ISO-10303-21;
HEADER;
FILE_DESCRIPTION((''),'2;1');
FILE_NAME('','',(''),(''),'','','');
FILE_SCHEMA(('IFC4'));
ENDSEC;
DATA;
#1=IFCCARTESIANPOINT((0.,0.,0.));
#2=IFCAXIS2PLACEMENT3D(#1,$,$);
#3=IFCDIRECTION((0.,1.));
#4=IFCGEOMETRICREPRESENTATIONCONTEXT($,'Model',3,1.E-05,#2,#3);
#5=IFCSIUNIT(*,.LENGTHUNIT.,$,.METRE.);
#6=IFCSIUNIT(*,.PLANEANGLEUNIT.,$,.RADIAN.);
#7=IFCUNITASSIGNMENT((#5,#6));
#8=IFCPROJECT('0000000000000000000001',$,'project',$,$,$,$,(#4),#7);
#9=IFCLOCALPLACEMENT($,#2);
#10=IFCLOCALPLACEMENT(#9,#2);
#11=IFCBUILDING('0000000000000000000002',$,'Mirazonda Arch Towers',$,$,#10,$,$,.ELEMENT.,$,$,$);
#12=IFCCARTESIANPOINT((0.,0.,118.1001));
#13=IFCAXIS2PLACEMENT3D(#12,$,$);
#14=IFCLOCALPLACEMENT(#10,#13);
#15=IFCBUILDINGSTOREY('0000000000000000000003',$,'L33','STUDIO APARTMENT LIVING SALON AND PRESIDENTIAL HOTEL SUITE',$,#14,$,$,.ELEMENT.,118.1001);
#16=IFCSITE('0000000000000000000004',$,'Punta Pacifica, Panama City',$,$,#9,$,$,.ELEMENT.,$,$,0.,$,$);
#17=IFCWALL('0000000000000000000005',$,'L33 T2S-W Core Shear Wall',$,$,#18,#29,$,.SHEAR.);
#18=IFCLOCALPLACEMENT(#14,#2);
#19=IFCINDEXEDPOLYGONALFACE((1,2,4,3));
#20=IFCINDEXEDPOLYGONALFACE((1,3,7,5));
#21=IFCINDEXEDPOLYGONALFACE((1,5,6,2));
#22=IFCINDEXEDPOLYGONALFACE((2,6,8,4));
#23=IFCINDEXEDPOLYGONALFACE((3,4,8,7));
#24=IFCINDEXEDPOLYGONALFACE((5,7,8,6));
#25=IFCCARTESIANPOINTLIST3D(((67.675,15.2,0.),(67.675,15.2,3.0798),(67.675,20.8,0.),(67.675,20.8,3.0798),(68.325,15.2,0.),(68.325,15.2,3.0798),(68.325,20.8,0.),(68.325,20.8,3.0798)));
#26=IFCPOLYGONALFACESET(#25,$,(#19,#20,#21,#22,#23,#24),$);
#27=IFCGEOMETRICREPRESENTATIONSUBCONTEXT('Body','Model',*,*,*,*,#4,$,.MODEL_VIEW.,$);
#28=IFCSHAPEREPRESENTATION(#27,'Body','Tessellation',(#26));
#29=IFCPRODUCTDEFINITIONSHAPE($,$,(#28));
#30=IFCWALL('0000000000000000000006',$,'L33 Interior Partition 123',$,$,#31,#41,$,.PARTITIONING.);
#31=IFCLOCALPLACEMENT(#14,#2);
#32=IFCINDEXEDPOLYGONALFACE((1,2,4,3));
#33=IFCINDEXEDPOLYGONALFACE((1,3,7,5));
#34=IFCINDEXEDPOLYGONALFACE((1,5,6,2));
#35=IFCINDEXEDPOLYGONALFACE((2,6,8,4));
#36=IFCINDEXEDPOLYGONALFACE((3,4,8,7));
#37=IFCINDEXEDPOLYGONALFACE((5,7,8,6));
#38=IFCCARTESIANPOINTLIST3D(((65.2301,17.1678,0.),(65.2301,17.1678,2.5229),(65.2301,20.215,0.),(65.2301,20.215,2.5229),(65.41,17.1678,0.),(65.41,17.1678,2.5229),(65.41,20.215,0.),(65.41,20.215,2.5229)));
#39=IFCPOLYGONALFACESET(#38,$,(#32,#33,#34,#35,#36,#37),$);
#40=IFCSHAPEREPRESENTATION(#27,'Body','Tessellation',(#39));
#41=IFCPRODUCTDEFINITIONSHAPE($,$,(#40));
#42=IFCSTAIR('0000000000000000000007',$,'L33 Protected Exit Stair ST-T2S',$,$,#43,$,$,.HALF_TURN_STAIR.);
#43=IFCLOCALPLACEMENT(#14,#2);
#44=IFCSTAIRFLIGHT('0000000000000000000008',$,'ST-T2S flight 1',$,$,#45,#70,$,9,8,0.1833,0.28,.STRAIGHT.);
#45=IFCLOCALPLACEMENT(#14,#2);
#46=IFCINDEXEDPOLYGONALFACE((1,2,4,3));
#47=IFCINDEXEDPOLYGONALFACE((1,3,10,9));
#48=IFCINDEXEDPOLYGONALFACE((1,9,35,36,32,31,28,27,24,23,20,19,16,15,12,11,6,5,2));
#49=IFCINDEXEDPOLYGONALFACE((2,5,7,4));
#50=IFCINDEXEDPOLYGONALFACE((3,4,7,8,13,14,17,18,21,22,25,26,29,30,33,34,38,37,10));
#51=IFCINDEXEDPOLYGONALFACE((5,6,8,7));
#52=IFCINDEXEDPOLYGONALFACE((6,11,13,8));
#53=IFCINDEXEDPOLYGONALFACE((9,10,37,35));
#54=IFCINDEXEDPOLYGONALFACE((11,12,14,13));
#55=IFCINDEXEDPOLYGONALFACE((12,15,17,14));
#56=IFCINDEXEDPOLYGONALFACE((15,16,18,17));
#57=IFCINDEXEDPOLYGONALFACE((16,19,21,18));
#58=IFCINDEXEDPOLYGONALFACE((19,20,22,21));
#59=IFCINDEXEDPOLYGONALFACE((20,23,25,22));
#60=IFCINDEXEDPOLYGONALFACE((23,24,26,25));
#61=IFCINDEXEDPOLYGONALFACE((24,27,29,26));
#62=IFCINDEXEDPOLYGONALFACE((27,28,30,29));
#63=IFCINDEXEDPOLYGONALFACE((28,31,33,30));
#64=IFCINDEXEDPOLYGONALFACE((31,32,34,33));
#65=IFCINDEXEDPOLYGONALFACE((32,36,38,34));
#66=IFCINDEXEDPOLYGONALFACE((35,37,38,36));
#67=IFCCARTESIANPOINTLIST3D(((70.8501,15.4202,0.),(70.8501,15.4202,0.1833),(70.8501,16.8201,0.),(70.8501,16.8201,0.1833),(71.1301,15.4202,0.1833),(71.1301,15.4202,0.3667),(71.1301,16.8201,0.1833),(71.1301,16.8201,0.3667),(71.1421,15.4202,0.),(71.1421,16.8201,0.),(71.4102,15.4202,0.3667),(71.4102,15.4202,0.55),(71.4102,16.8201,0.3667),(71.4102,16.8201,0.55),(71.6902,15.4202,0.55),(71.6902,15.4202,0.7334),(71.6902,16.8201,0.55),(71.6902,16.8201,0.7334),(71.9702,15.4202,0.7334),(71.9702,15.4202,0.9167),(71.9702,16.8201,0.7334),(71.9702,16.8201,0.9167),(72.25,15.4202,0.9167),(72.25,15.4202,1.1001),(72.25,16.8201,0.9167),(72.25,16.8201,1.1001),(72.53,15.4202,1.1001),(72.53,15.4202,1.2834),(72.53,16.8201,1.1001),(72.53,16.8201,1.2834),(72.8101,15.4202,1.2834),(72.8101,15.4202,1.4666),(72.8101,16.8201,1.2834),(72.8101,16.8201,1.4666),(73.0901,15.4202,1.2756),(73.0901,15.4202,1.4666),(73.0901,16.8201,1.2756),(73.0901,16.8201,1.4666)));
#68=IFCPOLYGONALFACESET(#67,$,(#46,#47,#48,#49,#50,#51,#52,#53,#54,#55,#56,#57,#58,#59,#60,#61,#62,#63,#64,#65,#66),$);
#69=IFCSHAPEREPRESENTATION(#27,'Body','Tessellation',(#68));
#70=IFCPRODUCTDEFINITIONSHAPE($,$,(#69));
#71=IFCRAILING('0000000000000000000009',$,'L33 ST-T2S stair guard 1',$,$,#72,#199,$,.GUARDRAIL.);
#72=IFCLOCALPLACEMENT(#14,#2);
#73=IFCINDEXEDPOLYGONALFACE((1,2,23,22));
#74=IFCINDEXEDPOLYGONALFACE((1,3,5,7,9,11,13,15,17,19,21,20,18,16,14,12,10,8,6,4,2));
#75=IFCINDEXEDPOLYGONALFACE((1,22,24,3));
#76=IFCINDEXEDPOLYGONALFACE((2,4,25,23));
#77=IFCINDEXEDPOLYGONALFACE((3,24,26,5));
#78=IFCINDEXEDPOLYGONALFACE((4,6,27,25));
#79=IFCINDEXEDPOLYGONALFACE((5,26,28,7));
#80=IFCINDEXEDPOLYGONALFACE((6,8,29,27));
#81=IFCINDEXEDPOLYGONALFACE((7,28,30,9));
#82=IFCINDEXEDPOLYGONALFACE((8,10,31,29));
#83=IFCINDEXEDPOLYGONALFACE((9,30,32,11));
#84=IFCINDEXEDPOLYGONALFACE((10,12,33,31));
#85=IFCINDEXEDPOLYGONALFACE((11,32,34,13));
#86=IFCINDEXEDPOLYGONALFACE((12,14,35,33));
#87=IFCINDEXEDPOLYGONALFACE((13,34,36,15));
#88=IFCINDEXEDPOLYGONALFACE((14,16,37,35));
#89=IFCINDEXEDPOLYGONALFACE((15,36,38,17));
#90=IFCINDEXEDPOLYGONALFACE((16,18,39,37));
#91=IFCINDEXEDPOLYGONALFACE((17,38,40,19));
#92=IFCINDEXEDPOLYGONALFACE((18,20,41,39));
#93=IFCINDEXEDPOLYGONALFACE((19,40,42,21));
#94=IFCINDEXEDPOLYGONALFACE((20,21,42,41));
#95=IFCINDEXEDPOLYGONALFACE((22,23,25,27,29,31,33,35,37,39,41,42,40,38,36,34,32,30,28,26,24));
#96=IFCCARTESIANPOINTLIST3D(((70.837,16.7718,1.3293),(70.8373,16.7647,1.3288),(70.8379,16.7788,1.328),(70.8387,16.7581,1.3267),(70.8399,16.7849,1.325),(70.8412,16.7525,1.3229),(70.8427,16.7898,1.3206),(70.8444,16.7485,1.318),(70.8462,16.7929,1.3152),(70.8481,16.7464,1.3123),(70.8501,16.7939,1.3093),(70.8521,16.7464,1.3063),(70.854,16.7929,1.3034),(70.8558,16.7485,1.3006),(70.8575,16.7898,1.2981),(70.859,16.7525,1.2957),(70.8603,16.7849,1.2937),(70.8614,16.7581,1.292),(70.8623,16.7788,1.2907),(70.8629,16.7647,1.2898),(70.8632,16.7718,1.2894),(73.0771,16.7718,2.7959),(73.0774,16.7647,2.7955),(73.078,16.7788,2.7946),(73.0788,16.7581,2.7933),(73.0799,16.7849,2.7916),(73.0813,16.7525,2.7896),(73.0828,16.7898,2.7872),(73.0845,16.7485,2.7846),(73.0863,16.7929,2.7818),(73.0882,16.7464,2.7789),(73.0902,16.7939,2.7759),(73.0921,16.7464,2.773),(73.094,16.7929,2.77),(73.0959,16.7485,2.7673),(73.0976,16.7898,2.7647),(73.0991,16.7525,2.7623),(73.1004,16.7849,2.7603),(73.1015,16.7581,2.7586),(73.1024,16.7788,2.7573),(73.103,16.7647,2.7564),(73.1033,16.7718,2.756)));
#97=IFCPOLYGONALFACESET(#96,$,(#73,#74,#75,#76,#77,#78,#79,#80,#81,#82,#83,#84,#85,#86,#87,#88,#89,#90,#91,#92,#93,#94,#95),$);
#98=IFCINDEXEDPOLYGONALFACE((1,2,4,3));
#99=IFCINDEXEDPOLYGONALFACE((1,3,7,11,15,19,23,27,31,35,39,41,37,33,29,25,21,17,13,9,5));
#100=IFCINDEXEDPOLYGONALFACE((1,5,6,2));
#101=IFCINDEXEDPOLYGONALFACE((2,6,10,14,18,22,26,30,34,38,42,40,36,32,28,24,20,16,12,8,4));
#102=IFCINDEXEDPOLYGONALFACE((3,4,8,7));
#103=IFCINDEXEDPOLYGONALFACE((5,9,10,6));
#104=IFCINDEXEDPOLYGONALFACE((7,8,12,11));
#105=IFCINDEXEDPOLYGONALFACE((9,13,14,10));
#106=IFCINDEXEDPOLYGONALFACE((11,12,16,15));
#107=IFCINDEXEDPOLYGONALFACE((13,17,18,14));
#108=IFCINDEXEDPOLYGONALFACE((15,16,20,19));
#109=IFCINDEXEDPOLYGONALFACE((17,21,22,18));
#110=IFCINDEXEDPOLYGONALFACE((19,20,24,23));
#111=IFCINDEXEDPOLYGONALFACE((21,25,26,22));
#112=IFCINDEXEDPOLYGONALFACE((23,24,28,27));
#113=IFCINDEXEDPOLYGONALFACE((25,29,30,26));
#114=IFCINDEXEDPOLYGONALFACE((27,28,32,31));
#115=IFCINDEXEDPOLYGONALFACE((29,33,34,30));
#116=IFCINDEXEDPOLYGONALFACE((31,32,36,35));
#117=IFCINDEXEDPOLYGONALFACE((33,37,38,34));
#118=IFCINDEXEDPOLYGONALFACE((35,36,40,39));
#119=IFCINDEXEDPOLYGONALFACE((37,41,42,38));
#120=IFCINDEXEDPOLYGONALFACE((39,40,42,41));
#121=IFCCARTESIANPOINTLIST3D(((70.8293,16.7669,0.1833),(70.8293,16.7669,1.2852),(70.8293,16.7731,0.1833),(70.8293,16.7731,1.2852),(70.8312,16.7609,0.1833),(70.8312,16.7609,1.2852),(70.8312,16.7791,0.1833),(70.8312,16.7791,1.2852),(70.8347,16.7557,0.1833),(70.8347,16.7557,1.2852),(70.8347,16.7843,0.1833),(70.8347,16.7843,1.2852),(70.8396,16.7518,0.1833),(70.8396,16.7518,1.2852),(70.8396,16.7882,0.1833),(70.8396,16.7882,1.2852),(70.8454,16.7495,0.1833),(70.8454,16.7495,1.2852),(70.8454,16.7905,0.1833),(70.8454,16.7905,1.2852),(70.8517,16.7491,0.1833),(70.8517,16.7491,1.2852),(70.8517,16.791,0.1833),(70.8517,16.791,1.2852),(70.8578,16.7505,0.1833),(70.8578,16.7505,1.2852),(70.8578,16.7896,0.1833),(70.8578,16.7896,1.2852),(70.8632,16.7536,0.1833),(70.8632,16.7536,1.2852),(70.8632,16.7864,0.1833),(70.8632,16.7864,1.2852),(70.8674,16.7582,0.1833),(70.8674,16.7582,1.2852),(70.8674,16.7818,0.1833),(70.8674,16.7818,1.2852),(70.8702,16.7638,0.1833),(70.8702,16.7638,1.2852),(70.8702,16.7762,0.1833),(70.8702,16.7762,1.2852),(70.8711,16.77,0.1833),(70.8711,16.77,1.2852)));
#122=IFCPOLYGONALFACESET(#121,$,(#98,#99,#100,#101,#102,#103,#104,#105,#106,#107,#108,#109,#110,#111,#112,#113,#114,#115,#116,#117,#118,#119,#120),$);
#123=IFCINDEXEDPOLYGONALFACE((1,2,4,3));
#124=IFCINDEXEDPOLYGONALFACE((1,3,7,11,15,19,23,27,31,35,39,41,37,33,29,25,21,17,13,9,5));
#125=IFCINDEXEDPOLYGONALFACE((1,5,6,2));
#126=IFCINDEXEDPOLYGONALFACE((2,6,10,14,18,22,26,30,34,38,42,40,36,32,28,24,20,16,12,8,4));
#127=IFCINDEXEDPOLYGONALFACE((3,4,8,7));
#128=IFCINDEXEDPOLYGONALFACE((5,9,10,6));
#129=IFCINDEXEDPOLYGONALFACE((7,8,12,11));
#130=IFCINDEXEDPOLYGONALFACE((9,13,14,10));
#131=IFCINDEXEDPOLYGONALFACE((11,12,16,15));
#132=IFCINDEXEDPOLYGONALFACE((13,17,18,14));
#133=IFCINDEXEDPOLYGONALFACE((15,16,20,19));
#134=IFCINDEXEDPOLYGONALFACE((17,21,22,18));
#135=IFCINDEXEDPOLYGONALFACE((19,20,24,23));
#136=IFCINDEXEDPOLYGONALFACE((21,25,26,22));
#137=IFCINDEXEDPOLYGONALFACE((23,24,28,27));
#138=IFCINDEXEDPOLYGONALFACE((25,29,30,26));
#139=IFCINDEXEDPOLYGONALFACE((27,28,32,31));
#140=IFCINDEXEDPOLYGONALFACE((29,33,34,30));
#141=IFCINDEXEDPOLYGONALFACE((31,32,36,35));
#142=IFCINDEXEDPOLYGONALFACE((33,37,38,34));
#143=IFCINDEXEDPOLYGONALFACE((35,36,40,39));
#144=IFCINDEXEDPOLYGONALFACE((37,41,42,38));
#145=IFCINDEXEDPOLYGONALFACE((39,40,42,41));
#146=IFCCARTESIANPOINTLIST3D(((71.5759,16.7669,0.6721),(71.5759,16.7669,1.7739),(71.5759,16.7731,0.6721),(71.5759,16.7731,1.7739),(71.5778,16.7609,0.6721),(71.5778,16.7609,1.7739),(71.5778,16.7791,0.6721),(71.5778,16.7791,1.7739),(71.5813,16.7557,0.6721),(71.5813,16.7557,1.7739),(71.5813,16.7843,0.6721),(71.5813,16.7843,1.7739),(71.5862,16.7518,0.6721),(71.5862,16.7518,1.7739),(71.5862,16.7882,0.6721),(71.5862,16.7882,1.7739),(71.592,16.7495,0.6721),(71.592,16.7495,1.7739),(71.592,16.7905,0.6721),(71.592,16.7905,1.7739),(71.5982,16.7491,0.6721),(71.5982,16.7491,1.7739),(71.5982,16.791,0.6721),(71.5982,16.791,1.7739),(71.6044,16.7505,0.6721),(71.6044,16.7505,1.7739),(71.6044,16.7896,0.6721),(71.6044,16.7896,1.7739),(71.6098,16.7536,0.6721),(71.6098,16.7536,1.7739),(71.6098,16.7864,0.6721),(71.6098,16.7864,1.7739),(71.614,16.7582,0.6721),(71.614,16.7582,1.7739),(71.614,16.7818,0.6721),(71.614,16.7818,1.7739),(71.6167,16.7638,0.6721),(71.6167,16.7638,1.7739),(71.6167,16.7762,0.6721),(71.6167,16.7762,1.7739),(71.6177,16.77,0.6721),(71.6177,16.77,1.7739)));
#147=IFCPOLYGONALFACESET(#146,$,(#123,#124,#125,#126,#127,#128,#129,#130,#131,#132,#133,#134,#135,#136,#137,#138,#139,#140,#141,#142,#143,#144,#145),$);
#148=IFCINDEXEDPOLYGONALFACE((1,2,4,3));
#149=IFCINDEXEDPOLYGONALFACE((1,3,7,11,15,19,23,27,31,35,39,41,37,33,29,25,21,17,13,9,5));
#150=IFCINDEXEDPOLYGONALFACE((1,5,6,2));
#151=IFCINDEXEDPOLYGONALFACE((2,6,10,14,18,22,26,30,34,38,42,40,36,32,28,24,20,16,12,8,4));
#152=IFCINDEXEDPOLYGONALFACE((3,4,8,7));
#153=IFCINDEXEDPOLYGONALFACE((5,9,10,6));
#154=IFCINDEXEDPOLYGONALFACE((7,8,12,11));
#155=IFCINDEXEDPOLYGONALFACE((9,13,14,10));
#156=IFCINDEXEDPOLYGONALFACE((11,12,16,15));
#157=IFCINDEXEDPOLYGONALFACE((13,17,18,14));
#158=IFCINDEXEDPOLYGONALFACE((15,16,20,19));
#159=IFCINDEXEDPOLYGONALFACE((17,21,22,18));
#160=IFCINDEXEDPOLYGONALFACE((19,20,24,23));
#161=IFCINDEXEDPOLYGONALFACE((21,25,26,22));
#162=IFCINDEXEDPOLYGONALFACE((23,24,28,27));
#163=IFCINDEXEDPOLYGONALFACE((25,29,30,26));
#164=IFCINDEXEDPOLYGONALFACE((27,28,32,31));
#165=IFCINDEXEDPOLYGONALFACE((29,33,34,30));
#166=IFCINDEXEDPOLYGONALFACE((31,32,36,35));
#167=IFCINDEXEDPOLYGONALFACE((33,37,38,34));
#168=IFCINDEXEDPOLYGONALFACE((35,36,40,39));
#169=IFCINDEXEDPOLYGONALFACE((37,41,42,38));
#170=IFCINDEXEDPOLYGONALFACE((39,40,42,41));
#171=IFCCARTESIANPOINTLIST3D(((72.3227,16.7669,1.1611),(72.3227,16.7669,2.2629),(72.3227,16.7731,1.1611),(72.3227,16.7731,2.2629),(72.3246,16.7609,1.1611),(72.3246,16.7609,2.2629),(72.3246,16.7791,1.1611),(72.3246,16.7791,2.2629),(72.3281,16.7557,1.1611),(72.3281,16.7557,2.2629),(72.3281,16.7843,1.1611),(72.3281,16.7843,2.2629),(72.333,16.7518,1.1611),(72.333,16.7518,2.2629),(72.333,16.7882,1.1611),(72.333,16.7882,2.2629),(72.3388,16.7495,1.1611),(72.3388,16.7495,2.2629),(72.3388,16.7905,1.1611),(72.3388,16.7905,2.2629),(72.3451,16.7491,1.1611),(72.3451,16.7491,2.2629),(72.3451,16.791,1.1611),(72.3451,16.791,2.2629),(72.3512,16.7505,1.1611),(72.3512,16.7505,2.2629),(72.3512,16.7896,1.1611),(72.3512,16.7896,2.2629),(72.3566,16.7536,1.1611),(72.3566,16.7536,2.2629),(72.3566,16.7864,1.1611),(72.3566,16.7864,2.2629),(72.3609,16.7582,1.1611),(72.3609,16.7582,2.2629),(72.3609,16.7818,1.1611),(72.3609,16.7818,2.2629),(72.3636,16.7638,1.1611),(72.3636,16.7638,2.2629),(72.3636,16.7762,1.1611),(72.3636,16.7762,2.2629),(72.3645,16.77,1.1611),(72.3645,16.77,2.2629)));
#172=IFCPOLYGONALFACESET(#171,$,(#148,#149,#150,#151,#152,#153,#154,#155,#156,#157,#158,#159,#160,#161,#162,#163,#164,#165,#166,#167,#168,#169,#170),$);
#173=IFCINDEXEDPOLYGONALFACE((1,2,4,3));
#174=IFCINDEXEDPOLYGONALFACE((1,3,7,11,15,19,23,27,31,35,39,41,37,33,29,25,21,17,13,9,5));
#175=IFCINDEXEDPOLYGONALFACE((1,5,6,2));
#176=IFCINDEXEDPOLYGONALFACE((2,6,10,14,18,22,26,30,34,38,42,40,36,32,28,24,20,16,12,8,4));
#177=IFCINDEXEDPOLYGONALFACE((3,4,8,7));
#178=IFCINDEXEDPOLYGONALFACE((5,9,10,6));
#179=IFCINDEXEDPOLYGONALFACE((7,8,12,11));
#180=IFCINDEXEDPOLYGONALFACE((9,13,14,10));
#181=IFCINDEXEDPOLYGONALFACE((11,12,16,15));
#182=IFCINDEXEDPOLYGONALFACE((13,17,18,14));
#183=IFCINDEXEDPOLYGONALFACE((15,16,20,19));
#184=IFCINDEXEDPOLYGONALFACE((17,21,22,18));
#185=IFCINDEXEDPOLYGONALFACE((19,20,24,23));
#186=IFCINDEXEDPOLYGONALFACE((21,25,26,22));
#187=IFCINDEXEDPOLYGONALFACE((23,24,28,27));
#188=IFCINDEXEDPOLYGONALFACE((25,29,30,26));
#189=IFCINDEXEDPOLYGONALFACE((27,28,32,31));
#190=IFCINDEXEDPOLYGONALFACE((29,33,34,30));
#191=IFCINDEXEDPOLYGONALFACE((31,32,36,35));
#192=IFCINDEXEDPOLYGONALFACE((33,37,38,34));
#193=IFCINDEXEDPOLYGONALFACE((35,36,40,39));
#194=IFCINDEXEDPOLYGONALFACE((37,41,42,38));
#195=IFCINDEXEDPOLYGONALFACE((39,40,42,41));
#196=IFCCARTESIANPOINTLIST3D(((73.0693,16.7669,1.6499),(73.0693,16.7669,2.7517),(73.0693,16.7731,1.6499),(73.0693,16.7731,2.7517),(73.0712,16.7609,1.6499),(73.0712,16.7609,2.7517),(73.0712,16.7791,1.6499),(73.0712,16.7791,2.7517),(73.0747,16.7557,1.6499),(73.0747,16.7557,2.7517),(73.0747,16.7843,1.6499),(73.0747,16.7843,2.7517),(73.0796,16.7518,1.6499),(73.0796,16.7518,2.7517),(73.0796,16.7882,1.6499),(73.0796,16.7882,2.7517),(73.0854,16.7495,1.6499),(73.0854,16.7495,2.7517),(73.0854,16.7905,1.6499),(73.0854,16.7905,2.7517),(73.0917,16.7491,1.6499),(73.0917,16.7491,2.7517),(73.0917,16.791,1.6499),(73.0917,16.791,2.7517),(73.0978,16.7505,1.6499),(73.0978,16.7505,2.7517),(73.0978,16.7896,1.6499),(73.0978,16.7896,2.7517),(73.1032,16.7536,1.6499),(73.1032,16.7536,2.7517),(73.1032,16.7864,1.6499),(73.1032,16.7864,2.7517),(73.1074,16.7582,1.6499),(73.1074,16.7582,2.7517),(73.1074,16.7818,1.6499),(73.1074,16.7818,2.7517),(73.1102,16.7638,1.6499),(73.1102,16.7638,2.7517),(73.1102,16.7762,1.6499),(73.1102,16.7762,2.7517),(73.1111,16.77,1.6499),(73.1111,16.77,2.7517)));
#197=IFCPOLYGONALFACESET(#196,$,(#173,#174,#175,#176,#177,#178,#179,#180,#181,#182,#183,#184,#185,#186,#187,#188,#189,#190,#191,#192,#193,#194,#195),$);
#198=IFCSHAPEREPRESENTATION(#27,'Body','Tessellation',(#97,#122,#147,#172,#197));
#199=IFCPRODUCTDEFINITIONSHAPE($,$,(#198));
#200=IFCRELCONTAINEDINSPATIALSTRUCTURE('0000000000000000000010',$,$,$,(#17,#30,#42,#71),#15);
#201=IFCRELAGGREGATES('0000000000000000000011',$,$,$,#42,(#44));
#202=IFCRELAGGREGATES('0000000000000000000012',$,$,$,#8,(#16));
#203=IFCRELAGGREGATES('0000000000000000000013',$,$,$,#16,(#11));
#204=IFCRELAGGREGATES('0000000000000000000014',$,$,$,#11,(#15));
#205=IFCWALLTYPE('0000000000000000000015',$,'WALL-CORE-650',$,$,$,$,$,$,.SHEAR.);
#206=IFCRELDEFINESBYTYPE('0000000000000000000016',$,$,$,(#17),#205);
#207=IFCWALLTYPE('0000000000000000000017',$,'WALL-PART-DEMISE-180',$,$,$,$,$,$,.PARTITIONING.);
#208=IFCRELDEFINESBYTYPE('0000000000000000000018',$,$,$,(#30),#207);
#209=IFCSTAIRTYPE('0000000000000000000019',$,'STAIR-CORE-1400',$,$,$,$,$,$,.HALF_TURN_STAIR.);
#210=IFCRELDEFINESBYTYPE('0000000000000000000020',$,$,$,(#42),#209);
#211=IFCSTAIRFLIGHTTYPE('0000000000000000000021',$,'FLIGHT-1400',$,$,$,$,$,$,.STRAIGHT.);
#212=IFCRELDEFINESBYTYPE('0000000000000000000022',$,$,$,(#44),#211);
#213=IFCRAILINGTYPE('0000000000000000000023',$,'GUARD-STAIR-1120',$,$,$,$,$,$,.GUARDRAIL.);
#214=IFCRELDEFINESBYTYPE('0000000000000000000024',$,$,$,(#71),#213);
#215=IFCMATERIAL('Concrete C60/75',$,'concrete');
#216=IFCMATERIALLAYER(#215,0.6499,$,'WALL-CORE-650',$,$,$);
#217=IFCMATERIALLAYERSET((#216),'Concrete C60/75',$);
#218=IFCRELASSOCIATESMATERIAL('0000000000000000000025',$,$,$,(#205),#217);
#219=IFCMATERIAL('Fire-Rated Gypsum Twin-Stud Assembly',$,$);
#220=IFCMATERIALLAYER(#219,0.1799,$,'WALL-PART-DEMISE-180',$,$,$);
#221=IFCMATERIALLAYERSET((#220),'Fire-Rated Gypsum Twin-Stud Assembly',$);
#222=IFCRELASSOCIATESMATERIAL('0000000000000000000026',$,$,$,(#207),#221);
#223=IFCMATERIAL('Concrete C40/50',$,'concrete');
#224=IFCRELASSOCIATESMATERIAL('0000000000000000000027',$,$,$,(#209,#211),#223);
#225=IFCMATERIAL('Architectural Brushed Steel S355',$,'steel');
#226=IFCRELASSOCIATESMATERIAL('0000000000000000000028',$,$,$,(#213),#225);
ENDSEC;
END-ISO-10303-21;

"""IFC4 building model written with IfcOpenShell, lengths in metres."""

from ifc_helpers import new_model, si_unit, direction, frame, frame_2d, origin, origin_2d, place, context, subcontext, project, spatial, polyline, rectangle, circle, outline, extrude, material, layer, layer_set, type_object, element, aggregate, save


model = new_model("IFC4")

# Units and contexts
model_context = context("Model", 3, precision=1e-05, world=origin(), true_north=direction((0.0, 1.0)))
body_context = subcontext(model_context, "Body", "Model", "MODEL_VIEW")
ifc_project = project(units=[si_unit("LENGTHUNIT", "METRE"), si_unit("PLANEANGLEUNIT", "RADIAN")], contexts=[model_context])

# Site, building, storey
site_placement = place(None, origin())
site = spatial("IfcSite", under=ifc_project, at=site_placement, Name="Punta Pacifica, Panama City", CompositionType="ELEMENT", RefElevation=0.0)
building_placement = place(site_placement, origin())
building = spatial("IfcBuilding", under=site, at=building_placement, Name="Mirazonda Arch Towers", CompositionType="ELEMENT")
storey_placement = place(building_placement, frame((0.0, 0.0, 118.1001)))
storey = spatial("IfcBuildingStorey", under=building, at=storey_placement, Name="L33", Description="STUDIO APARTMENT LIVING SALON AND PRESIDENTIAL HOTEL SUITE", CompositionType="ELEMENT", Elevation=118.1001)

# Shared definitions
ifc_material_1 = material(Name="Architectural Brushed Steel S355", Category="steel")

# Walls
ifc_material_2 = material(Name="Concrete C60/75", Category="concrete")
ifc_layer_1 = layer(ifc_material_2, 0.6499, Name="WALL-CORE-650")
ifc_layer_set_1 = layer_set([ifc_layer_1], Name="Concrete C60/75")
wall_type_1 = type_object("IfcWallType", Name="WALL-CORE-650", PredefinedType="SHEAR", material=ifc_layer_set_1)
wall_1_placement = place(storey_placement, frame((68.0, 15.2, 0.0), z_axis=(0.0, 0.0, 1.0), x_axis=(0.0, 1.0, 0.0)))
element("IfcWall", 1, at=wall_1_placement, inside=storey, type_object=wall_type_1, Name="L33 T2S-W Core Shear Wall", PredefinedType="SHEAR", context=body_context, shape_type="SweptSolid", body=[
    extrude(rectangle(XDim=5.6001, YDim=0.6499, at=frame_2d((2.8, 0.0))), origin(), (0.0, 0.0, 1.0), 3.0798),
])
ifc_material_3 = material(Name="Fire-Rated Gypsum Twin-Stud Assembly")
ifc_layer_2 = layer(ifc_material_3, 0.1799, Name="WALL-PART-DEMISE-180")
ifc_layer_set_2 = layer_set([ifc_layer_2], Name="Fire-Rated Gypsum Twin-Stud Assembly")
wall_type_2 = type_object("IfcWallType", Name="WALL-PART-DEMISE-180", PredefinedType="PARTITIONING", material=ifc_layer_set_2)
wall_2_placement = place(storey_placement, frame((65.3201, 17.168, 0.0), z_axis=(0.0, 0.0, 1.0), x_axis=(0.0, 1.0, 0.0)))
element("IfcWall", 2, at=wall_2_placement, inside=storey, type_object=wall_type_2, Name="L33 Interior Partition 123", PredefinedType="PARTITIONING", context=body_context, shape_type="SweptSolid", body=[
    extrude(rectangle(XDim=3.0471, YDim=0.1799, at=frame_2d((1.5234, 0.0))), origin(), (0.0, 0.0, 1.0), 2.5229),
])

# Stair, stair flight
ifc_material_4 = material(Name="Concrete C40/50", Category="concrete")
stair_type = type_object("IfcStairType", Name="STAIR-CORE-1400", PredefinedType="HALF_TURN_STAIR", material=ifc_material_4)
stair_placement = place(storey_placement, origin())
stair = element("IfcStair", 3, at=stair_placement, inside=storey, type_object=stair_type, Name="L33 Protected Exit Stair ST-T2S", PredefinedType="HALF_TURN_STAIR")
stair_flight_type = type_object("IfcStairFlightType", Name="FLIGHT-1400", PredefinedType="STRAIGHT", material=ifc_material_4)
stair_flight_placement = place(storey_placement, frame((70.8501, 16.1201, 0.0), z_axis=(0.0, 0.0, 1.0), x_axis=(1.0, 0.0, 0.0)))
stair_flight = element("IfcStairFlight", 4, at=stair_flight_placement, type_object=stair_flight_type, Name="ST-T2S flight 1", NumberOfRisers=9, NumberOfTreads=8, PredefinedType="STRAIGHT", RiserHeight=0.1833, TreadLength=0.28, context=body_context, shape_type="SweptSolid", body=[
    extrude(outline(polyline([(0.0, 0.0), (0.0, 0.1833), (0.28, 0.1833), (0.28, 0.3667), (0.5601, 0.3667), (0.5601, 0.55), (0.8401, 0.55), (0.8401, 0.7334), (1.1201, 0.7334), (1.1201, 0.9167), (1.3999, 0.9167), (1.3999, 1.1001), (1.6799, 1.1001), (1.6799, 1.2834), (1.96, 1.2834), (1.96, 1.4666), (2.24, 1.4666), (2.24, 1.6499), (2.24, 1.2756), (0.292, 0.0), (0.0, 0.0)])), frame((0.0, 0.7, 0.0), z_axis=(0.0, -1.0, 0.0), x_axis=(1.0, 0.0, 0.0)), (0.0, 0.0, 1.0), 1.3999),
])
aggregate(stair, [stair_flight])

# Railing
railing_type_1 = type_object("IfcRailingType", Name="GUARD-STAIR-1120", PredefinedType="GUARDRAIL", material=ifc_material_1)
railing_1_placement = place(storey_placement, frame((70.8501, 16.77, 0.1833)))
element("IfcRailing", 5, at=railing_1_placement, inside=storey, type_object=railing_type_1, Name="L33 ST-T2S stair guard 1", PredefinedType="GUARDRAIL", context=body_context, shape_type="SweptSolid", body=[
    extrude(circle(Radius=0.0239, at=origin_2d()), frame((0.0, 0.0, 1.126), z_axis=(0.836637, 0.0, 0.547758), x_axis=(0.0, 1.0, 0.0)), (0.0, 0.0, 1.0), 2.6775),
    extrude(circle(Radius=0.021, at=origin_2d()), origin(), (0.0, 0.0, 1.0), 1.1018),
    extrude(circle(Radius=0.021, at=origin_2d()), frame((0.7466, 0.0, 0.4888)), (0.0, 0.0, 1.0), 1.1018),
    extrude(circle(Radius=0.021, at=origin_2d()), frame((1.4934, 0.0, 0.9778)), (0.0, 0.0, 1.0), 1.1018),
    extrude(circle(Radius=0.021, at=origin_2d()), frame((2.24, 0.0, 1.4666)), (0.0, 0.0, 1.0), 1.1018),
])

save(model, "model.ifc")
